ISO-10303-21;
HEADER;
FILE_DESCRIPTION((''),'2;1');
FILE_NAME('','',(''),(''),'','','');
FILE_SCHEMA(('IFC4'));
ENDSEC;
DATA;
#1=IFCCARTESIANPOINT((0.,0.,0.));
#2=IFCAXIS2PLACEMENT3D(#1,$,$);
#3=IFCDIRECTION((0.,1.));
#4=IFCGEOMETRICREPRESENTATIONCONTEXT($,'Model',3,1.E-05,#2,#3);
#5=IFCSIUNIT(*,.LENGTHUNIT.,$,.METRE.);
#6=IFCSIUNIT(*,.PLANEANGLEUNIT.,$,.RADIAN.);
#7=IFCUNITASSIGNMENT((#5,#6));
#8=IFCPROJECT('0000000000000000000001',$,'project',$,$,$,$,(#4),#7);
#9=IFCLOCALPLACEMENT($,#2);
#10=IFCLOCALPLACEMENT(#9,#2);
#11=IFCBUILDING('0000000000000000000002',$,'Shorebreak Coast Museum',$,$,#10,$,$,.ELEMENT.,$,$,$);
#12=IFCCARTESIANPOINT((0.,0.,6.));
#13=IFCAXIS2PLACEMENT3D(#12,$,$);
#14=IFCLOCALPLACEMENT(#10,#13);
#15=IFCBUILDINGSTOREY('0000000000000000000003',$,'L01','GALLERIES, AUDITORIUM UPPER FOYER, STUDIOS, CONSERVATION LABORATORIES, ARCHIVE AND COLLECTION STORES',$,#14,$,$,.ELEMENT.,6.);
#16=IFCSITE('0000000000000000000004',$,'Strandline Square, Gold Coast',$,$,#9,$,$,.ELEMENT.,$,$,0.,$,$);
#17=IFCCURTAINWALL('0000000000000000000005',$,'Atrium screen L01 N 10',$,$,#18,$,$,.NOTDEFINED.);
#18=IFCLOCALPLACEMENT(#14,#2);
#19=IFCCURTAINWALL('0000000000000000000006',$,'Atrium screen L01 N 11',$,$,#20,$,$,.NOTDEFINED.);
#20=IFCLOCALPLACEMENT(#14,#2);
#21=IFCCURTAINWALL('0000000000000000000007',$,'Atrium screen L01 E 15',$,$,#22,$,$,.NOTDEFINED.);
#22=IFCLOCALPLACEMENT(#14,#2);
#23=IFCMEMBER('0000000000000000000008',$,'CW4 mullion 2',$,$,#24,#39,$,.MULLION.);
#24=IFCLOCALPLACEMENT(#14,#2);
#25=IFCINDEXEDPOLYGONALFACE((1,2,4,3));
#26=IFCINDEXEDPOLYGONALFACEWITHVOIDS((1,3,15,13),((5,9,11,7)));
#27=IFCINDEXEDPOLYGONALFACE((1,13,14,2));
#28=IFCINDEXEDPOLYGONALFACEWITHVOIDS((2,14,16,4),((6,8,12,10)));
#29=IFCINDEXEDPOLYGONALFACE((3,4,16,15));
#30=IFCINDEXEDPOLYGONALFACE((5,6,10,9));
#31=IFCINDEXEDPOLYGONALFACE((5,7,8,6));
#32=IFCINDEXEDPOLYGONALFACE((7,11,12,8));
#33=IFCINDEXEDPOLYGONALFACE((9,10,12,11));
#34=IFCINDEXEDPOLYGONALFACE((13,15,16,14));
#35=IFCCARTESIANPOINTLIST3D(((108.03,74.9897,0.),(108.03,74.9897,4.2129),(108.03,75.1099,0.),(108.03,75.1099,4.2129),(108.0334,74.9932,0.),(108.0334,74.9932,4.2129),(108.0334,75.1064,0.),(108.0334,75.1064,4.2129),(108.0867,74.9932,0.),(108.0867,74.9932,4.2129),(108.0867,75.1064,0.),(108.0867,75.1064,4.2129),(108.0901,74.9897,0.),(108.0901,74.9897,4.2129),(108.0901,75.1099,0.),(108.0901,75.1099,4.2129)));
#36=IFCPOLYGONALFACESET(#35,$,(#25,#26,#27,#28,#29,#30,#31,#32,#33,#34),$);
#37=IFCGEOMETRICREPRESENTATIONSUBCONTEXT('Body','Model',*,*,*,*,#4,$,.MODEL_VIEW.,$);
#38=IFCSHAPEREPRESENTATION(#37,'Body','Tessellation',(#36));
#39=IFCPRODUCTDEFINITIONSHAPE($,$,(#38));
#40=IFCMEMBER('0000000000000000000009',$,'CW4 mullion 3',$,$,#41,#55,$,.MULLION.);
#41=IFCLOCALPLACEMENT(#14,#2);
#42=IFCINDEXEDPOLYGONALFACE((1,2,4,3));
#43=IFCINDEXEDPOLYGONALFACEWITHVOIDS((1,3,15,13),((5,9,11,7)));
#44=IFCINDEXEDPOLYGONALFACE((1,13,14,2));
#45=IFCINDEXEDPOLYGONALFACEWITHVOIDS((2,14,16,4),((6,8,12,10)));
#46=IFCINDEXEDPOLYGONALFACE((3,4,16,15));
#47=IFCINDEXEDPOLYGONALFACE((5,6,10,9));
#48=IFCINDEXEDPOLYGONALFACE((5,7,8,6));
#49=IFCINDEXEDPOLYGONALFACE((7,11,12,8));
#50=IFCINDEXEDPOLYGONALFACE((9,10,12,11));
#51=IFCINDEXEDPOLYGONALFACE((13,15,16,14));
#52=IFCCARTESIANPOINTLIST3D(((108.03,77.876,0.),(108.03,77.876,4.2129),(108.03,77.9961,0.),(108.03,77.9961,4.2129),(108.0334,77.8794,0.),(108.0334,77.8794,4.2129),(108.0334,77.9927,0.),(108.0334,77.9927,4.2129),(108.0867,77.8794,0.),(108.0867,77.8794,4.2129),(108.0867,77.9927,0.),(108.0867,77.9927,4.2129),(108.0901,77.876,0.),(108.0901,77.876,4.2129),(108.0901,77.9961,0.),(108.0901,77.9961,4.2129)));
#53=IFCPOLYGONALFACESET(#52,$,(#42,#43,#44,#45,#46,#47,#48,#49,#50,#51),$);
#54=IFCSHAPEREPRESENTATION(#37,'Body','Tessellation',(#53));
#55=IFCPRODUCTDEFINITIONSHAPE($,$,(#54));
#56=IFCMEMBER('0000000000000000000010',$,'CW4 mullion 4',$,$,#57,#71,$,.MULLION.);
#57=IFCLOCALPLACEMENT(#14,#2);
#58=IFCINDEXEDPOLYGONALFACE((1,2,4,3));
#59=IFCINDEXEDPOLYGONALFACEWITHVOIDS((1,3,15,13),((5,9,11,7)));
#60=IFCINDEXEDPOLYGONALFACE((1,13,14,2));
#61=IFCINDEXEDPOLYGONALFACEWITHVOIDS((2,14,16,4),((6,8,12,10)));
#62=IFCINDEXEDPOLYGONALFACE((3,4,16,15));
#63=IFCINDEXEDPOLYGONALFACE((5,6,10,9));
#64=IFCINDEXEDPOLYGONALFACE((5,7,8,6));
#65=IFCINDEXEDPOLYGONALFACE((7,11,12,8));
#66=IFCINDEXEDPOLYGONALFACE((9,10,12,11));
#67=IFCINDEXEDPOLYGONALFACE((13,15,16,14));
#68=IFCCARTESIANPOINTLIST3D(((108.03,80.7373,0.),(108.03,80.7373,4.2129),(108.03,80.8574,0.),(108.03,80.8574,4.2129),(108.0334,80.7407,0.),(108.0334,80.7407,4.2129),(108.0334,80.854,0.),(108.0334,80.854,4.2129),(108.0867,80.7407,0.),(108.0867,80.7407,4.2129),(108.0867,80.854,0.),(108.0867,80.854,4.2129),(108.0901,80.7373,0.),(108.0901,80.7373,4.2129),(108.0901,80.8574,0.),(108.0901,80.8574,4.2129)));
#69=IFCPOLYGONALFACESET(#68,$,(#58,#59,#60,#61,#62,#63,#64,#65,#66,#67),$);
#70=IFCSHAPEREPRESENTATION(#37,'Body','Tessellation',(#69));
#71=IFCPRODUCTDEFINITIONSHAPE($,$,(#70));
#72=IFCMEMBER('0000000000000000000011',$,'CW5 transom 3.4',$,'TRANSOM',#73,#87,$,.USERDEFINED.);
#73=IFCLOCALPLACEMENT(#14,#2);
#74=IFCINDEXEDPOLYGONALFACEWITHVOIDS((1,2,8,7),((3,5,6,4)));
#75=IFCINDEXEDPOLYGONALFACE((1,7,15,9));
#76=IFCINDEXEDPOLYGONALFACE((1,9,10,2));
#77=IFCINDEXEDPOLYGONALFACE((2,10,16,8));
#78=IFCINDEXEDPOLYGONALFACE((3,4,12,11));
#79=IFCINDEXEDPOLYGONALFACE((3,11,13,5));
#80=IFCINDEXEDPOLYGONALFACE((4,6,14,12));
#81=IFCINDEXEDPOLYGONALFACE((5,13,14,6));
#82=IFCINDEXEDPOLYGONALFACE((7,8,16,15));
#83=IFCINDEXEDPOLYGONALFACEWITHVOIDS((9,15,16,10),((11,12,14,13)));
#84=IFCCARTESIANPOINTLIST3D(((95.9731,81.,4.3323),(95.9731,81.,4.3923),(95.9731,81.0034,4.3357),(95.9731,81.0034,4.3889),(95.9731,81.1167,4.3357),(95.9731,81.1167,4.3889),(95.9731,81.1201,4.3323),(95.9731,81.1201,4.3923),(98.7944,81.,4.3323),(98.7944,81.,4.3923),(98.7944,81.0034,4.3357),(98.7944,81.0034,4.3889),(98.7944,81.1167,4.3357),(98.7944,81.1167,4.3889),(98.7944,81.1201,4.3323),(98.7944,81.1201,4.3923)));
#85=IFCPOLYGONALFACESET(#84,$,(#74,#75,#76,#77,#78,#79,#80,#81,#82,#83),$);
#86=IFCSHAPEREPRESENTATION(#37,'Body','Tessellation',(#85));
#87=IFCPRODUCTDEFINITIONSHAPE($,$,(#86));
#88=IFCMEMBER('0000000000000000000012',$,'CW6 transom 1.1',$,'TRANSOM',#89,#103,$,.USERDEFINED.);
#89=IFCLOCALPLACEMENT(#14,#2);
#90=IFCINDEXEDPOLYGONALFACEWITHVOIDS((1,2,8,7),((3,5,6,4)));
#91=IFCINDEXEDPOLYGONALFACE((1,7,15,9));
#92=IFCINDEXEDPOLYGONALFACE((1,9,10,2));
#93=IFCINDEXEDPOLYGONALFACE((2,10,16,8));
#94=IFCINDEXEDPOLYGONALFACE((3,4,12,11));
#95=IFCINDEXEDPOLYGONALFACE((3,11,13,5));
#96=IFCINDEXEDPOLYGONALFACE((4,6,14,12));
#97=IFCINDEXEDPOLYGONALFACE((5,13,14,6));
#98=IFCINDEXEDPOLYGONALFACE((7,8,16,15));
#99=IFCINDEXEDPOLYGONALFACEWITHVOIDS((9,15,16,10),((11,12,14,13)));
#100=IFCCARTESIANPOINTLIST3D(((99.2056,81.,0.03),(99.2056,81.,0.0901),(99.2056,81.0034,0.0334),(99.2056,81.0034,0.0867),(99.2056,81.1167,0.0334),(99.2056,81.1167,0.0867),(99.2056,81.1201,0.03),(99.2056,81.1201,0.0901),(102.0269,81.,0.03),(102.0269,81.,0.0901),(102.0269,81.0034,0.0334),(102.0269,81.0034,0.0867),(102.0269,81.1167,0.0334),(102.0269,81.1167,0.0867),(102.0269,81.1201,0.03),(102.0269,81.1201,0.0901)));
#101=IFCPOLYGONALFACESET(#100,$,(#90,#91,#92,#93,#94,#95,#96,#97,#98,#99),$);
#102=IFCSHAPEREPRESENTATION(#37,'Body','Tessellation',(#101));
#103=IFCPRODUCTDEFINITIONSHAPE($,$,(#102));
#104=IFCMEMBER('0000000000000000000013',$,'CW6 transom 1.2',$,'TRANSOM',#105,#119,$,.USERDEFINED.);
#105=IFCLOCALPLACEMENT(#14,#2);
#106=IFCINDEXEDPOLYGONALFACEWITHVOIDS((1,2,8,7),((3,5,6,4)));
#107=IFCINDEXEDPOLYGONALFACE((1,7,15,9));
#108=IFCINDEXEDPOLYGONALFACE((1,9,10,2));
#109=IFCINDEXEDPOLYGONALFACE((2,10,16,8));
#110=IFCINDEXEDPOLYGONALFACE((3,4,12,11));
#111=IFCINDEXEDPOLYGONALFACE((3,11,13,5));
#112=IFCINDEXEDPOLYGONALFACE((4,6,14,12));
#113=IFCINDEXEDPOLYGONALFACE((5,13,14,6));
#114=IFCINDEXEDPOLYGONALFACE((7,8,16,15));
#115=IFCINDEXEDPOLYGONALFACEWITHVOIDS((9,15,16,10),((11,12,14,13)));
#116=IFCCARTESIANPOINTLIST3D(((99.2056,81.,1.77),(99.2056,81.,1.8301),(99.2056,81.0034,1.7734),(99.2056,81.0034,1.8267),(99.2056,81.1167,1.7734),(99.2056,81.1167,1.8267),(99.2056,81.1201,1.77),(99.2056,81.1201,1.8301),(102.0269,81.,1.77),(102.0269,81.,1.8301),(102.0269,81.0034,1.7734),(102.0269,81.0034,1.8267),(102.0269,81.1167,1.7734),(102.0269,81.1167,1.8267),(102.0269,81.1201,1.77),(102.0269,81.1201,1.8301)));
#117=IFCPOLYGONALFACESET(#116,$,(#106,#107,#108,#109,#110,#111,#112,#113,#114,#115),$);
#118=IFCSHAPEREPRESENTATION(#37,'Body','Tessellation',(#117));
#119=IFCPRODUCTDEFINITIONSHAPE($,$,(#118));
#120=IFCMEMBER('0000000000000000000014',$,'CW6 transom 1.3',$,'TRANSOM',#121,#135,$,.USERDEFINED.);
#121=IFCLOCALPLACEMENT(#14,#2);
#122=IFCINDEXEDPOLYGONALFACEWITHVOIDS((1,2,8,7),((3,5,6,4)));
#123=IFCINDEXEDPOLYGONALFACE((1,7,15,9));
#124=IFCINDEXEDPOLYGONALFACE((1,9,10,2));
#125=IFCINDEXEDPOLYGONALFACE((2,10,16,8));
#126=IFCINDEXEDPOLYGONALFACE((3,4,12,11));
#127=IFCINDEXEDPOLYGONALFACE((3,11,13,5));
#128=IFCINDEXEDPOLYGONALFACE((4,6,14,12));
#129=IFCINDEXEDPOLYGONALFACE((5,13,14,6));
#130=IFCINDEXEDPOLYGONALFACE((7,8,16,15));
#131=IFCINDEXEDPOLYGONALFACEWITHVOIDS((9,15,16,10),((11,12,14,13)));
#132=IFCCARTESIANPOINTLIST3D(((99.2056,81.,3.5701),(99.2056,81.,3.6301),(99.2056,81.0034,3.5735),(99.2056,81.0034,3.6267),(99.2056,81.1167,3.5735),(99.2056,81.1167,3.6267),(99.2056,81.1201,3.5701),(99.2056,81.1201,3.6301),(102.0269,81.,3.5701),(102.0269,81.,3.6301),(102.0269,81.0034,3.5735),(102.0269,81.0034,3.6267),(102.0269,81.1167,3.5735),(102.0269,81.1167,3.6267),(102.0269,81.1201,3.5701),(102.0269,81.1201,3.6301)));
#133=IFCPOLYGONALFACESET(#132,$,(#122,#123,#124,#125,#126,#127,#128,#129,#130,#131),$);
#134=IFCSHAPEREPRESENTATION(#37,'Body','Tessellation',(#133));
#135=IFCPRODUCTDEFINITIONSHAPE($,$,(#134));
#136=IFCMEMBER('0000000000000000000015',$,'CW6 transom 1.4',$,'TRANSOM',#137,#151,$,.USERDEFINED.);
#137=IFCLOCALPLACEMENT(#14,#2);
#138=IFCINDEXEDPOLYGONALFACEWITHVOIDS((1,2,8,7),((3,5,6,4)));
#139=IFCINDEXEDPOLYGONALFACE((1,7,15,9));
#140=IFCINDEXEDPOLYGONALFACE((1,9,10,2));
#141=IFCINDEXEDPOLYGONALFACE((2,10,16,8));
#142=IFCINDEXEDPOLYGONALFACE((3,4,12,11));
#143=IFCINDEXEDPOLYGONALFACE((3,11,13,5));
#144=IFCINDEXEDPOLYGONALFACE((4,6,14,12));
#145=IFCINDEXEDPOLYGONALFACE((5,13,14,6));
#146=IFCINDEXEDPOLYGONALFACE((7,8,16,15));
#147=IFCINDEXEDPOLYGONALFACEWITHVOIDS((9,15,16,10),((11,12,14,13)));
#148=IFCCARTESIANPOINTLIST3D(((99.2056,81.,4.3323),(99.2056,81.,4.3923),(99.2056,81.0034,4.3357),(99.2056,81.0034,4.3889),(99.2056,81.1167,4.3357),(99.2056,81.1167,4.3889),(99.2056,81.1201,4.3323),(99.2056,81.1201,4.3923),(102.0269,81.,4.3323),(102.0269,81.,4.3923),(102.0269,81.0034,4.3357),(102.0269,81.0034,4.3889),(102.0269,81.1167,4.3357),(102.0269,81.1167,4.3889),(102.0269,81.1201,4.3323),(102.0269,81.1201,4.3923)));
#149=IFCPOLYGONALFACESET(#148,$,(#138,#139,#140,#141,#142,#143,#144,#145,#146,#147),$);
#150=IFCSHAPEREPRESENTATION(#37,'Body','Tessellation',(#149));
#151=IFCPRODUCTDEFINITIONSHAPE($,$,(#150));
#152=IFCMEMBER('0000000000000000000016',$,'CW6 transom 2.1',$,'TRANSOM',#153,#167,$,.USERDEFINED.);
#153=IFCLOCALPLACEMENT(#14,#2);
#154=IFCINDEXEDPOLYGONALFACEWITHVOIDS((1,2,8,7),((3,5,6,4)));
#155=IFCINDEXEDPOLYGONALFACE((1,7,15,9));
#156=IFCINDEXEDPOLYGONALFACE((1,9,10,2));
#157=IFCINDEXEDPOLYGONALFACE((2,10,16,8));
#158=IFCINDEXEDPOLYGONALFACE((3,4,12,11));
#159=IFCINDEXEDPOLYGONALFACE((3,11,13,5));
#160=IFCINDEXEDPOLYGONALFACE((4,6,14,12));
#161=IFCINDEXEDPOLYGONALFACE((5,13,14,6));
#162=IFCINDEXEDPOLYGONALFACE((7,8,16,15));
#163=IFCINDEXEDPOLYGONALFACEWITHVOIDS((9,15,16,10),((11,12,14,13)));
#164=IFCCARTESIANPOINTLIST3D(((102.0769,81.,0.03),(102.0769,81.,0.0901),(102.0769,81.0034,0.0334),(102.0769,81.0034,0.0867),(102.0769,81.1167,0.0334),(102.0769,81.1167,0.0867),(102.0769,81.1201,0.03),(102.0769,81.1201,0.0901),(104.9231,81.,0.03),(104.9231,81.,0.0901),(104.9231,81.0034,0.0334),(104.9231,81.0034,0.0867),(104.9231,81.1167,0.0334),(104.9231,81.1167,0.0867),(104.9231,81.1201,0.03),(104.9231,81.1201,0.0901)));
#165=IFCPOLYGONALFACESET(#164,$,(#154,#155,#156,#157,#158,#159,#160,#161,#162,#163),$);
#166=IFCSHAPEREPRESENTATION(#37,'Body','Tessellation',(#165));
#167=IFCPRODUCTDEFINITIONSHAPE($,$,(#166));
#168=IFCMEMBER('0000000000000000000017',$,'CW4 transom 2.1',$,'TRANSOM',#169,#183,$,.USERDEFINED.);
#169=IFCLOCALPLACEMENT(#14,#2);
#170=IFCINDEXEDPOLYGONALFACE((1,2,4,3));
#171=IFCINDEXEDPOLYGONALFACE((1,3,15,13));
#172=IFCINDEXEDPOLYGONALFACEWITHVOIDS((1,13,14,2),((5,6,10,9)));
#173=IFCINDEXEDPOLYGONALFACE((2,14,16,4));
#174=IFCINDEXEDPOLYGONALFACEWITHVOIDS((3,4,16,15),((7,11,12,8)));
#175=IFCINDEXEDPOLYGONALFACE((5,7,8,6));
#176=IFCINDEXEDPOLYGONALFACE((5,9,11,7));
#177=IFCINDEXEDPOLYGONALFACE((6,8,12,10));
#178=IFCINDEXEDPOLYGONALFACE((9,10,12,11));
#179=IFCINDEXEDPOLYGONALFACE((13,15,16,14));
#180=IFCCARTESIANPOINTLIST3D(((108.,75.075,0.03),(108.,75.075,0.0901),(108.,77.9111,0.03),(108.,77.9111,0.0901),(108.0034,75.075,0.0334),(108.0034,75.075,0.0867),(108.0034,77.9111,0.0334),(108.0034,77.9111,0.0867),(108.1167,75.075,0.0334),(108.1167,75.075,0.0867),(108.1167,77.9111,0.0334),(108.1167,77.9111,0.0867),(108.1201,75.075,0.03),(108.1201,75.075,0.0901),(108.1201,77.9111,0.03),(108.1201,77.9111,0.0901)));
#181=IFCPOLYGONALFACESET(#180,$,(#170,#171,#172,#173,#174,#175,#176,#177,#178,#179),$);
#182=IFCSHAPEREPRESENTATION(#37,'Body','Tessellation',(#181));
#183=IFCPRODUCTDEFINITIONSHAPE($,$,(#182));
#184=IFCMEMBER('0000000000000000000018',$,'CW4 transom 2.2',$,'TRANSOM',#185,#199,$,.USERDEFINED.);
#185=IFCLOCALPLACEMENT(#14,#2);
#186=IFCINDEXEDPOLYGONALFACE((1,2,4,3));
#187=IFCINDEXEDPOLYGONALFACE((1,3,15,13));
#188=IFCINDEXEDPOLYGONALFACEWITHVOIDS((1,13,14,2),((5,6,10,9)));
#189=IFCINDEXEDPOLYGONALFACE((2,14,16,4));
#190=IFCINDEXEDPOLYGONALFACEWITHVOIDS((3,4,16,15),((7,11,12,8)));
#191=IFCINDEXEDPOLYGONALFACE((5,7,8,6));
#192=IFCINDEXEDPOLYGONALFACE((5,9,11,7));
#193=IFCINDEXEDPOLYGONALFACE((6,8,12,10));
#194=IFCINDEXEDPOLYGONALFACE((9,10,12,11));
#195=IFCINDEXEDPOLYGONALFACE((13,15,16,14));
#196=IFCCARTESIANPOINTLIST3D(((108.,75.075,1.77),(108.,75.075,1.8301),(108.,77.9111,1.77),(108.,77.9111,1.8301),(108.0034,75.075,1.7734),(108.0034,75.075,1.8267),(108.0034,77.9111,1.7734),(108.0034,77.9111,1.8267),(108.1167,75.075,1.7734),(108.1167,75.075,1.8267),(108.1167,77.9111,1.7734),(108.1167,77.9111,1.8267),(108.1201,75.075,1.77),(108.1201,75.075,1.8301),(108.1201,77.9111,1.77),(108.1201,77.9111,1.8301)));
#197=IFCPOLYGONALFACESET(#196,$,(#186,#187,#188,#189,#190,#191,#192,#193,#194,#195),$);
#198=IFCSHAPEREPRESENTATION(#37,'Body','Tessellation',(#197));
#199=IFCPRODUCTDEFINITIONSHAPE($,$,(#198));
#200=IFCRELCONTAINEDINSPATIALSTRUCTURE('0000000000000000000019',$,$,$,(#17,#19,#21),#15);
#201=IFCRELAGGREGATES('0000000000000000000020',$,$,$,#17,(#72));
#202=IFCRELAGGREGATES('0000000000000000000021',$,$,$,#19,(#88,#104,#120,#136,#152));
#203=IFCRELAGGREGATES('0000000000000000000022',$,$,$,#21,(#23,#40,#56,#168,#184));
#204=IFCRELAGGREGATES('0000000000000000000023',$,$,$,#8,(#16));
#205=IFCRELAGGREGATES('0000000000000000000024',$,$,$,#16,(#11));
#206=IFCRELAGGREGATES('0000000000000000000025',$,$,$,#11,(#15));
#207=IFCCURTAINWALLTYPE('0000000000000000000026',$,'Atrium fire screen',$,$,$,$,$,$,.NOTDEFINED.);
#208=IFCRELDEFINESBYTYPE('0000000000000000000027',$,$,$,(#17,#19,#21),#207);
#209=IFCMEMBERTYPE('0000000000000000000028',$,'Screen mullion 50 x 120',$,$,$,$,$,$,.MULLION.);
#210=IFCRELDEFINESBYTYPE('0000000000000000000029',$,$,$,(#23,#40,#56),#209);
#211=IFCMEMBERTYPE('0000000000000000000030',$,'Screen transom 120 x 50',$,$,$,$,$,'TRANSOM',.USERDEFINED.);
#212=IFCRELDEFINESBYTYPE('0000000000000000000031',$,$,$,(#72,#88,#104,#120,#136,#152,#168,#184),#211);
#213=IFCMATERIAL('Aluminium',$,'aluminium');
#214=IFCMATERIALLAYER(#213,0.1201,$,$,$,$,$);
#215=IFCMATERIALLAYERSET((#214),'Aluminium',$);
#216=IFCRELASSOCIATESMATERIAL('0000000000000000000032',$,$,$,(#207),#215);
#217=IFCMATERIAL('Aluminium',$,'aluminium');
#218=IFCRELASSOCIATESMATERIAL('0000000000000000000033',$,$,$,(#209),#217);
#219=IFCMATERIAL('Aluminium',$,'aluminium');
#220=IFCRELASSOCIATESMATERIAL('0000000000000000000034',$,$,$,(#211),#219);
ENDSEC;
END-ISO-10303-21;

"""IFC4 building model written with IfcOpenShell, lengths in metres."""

from ifc_helpers import new_model, si_unit, direction, frame, origin, origin_2d, place, context, subcontext, project, spatial, hollow_rectangle, extrude, material, layer, layer_set, material_profile, profile_set, type_object, element, aggregate, save


model = new_model("IFC4")

# Units and contexts
model_context = context("Model", 3, precision=1e-05, world=origin(), true_north=direction((0.0, 1.0)))
body_context = subcontext(model_context, "Body", "Model", "MODEL_VIEW")
ifc_project = project(units=[si_unit("LENGTHUNIT", "METRE"), si_unit("PLANEANGLEUNIT", "RADIAN")], contexts=[model_context])

# Site, building, storey
site_placement = place(None, origin())
site = spatial("IfcSite", under=ifc_project, at=site_placement, Name="Strandline Square, Gold Coast", CompositionType="ELEMENT", RefElevation=0.0)
building_placement = place(site_placement, origin())
building = spatial("IfcBuilding", under=site, at=building_placement, Name="Shorebreak Coast Museum", CompositionType="ELEMENT")
storey_placement = place(building_placement, frame((0.0, 0.0, 6.0)))
storey = spatial("IfcBuildingStorey", under=building, at=storey_placement, Name="L01", Description="GALLERIES, AUDITORIUM UPPER FOYER, STUDIOS, CONSERVATION LABORATORIES, ARCHIVE AND COLLECTION STORES", CompositionType="ELEMENT", Elevation=6.0)

# Curtain wall
ifc_material_1 = material(Name="Aluminium", Category="aluminium")
ifc_layer_1 = layer(ifc_material_1, 0.1201)
ifc_layer_set_1 = layer_set([ifc_layer_1], Name="Aluminium")
curtain_wall_type = type_object("IfcCurtainWallType", Name="Atrium fire screen", PredefinedType="NOTDEFINED", material=ifc_layer_set_1)
curtain_wall_1_placement = place(storey_placement, origin())
curtain_wall_1 = element("IfcCurtainWall", 1, at=curtain_wall_1_placement, inside=storey, type_object=curtain_wall_type, Name="Atrium screen L01 N 10", PredefinedType="NOTDEFINED")
ifc_material_2 = material(Name="Aluminium", Category="aluminium")
ifc_material_profile_1 = material_profile(ifc_material_2, hollow_rectangle(XDim=0.0601, YDim=0.1201, WallThickness=0.0034, at=origin_2d()), Name="AL 120x60 RHS")
ifc_profile_set_1 = profile_set([ifc_material_profile_1], Name="Aluminium")
member_type_1 = type_object("IfcMemberType", Name="Screen mullion 50 x 120", PredefinedType="MULLION", material=ifc_profile_set_1)

# Curtain walls, members
curtain_wall_2_placement = place(storey_placement, origin())
curtain_wall_2 = element("IfcCurtainWall", 2, at=curtain_wall_2_placement, inside=storey, type_object=curtain_wall_type, Name="Atrium screen L01 N 11", PredefinedType="NOTDEFINED")
curtain_wall_3_placement = place(storey_placement, origin())
curtain_wall_3 = element("IfcCurtainWall", 3, at=curtain_wall_3_placement, inside=storey, type_object=curtain_wall_type, Name="Atrium screen L01 E 15", PredefinedType="NOTDEFINED")
member_1_placement = place(storey_placement, frame((108.0601, 75.0498, 0.0), z_axis=(0.0, 0.0, 1.0), x_axis=(-1.0, 0.0, 0.0)))
member_1 = element("IfcMember", 4, at=member_1_placement, type_object=member_type_1, Name="CW4 mullion 2", PredefinedType="MULLION", context=body_context, shape_type="SweptSolid", body=[
    extrude(hollow_rectangle(XDim=0.0601, YDim=0.1201, WallThickness=0.0034, at=origin_2d()), origin(), (0.0, 0.0, 1.0), 4.2129),
])
member_2_placement = place(storey_placement, frame((108.0601, 77.936, 0.0), z_axis=(0.0, 0.0, 1.0), x_axis=(-1.0, 0.0, 0.0)))
member_2 = element("IfcMember", 5, at=member_2_placement, type_object=member_type_1, Name="CW4 mullion 3", PredefinedType="MULLION", context=body_context, shape_type="SweptSolid", body=[
    extrude(hollow_rectangle(XDim=0.0601, YDim=0.1201, WallThickness=0.0034, at=origin_2d()), origin(), (0.0, 0.0, 1.0), 4.2129),
])
member_3_placement = place(storey_placement, frame((108.0601, 80.7974, 0.0), z_axis=(0.0, 0.0, 1.0), x_axis=(-1.0, 0.0, 0.0)))
member_3 = element("IfcMember", 6, at=member_3_placement, type_object=member_type_1, Name="CW4 mullion 4", PredefinedType="MULLION", context=body_context, shape_type="SweptSolid", body=[
    extrude(hollow_rectangle(XDim=0.0601, YDim=0.1201, WallThickness=0.0034, at=origin_2d()), origin(), (0.0, 0.0, 1.0), 4.2129),
])

# Members
ifc_material_3 = material(Name="Aluminium", Category="aluminium")
ifc_material_profile_2 = material_profile(ifc_material_3, hollow_rectangle(XDim=0.1201, YDim=0.0601, WallThickness=0.0034, at=origin_2d()), Name="AL 60x120 RHS")
ifc_profile_set_2 = profile_set([ifc_material_profile_2], Name="Aluminium")
member_type_2 = type_object("IfcMemberType", Name="Screen transom 120 x 50", ElementType="TRANSOM", PredefinedType="USERDEFINED", material=ifc_profile_set_2)
member_4_placement = place(storey_placement, frame((95.9731, 81.0601, 4.3623), z_axis=(1.0, 0.0, 0.0), x_axis=(0.0, 1.0, 0.0)))
member_4 = element("IfcMember", 7, at=member_4_placement, type_object=member_type_2, Name="CW5 transom 3.4", ObjectType="TRANSOM", PredefinedType="USERDEFINED", context=body_context, shape_type="SweptSolid", body=[
    extrude(hollow_rectangle(XDim=0.1201, YDim=0.0601, WallThickness=0.0034, at=origin_2d()), origin(), (0.0, 0.0, 1.0), 2.8213),
])
member_5_placement = place(storey_placement, frame((99.2056, 81.0601, 0.0601), z_axis=(1.0, 0.0, 0.0), x_axis=(0.0, 1.0, 0.0)))
member_5 = element("IfcMember", 8, at=member_5_placement, type_object=member_type_2, Name="CW6 transom 1.1", ObjectType="TRANSOM", PredefinedType="USERDEFINED", context=body_context, shape_type="SweptSolid", body=[
    extrude(hollow_rectangle(XDim=0.1201, YDim=0.0601, WallThickness=0.0034, at=origin_2d()), origin(), (0.0, 0.0, 1.0), 2.8213),
])
member_6_placement = place(storey_placement, frame((99.2056, 81.0601, 1.8), z_axis=(1.0, 0.0, 0.0), x_axis=(0.0, 1.0, 0.0)))
member_6 = element("IfcMember", 9, at=member_6_placement, type_object=member_type_2, Name="CW6 transom 1.2", ObjectType="TRANSOM", PredefinedType="USERDEFINED", context=body_context, shape_type="SweptSolid", body=[
    extrude(hollow_rectangle(XDim=0.1201, YDim=0.0601, WallThickness=0.0034, at=origin_2d()), origin(), (0.0, 0.0, 1.0), 2.8213),
])
member_7_placement = place(storey_placement, frame((99.2056, 81.0601, 3.6001), z_axis=(1.0, 0.0, 0.0), x_axis=(0.0, 1.0, 0.0)))
member_7 = element("IfcMember", 10, at=member_7_placement, type_object=member_type_2, Name="CW6 transom 1.3", ObjectType="TRANSOM", PredefinedType="USERDEFINED", context=body_context, shape_type="SweptSolid", body=[
    extrude(hollow_rectangle(XDim=0.1201, YDim=0.0601, WallThickness=0.0034, at=origin_2d()), origin(), (0.0, 0.0, 1.0), 2.8213),
])
member_8_placement = place(storey_placement, frame((99.2056, 81.0601, 4.3623), z_axis=(1.0, 0.0, 0.0), x_axis=(0.0, 1.0, 0.0)))
member_8 = element("IfcMember", 11, at=member_8_placement, type_object=member_type_2, Name="CW6 transom 1.4", ObjectType="TRANSOM", PredefinedType="USERDEFINED", context=body_context, shape_type="SweptSolid", body=[
    extrude(hollow_rectangle(XDim=0.1201, YDim=0.0601, WallThickness=0.0034, at=origin_2d()), origin(), (0.0, 0.0, 1.0), 2.8213),
])
member_9_placement = place(storey_placement, frame((102.0769, 81.0601, 0.0601), z_axis=(1.0, 0.0, 0.0), x_axis=(0.0, 1.0, 0.0)))
member_9 = element("IfcMember", 12, at=member_9_placement, type_object=member_type_2, Name="CW6 transom 2.1", ObjectType="TRANSOM", PredefinedType="USERDEFINED", context=body_context, shape_type="SweptSolid", body=[
    extrude(hollow_rectangle(XDim=0.1201, YDim=0.0601, WallThickness=0.0034, at=origin_2d()), origin(), (0.0, 0.0, 1.0), 2.8462),
])
member_10_placement = place(storey_placement, frame((108.0601, 75.075, 0.0601), z_axis=(0.0, 1.0, 0.0), x_axis=(-1.0, 0.0, 0.0)))
member_10 = element("IfcMember", 13, at=member_10_placement, type_object=member_type_2, Name="CW4 transom 2.1", ObjectType="TRANSOM", PredefinedType="USERDEFINED", context=body_context, shape_type="SweptSolid", body=[
    extrude(hollow_rectangle(XDim=0.1201, YDim=0.0601, WallThickness=0.0034, at=origin_2d()), origin(), (0.0, 0.0, 1.0), 2.8362),
])
member_11_placement = place(storey_placement, frame((108.0601, 75.075, 1.8), z_axis=(0.0, 1.0, 0.0), x_axis=(-1.0, 0.0, 0.0)))
member_11 = element("IfcMember", 14, at=member_11_placement, type_object=member_type_2, Name="CW4 transom 2.2", ObjectType="TRANSOM", PredefinedType="USERDEFINED", context=body_context, shape_type="SweptSolid", body=[
    extrude(hollow_rectangle(XDim=0.1201, YDim=0.0601, WallThickness=0.0034, at=origin_2d()), origin(), (0.0, 0.0, 1.0), 2.8362),
])

aggregate(curtain_wall_1, [member_4])
aggregate(curtain_wall_2, [member_5, member_6, member_7, member_8, member_9])
aggregate(curtain_wall_3, [member_1, member_2, member_3, member_10, member_11])

save(model, "model.ifc")
